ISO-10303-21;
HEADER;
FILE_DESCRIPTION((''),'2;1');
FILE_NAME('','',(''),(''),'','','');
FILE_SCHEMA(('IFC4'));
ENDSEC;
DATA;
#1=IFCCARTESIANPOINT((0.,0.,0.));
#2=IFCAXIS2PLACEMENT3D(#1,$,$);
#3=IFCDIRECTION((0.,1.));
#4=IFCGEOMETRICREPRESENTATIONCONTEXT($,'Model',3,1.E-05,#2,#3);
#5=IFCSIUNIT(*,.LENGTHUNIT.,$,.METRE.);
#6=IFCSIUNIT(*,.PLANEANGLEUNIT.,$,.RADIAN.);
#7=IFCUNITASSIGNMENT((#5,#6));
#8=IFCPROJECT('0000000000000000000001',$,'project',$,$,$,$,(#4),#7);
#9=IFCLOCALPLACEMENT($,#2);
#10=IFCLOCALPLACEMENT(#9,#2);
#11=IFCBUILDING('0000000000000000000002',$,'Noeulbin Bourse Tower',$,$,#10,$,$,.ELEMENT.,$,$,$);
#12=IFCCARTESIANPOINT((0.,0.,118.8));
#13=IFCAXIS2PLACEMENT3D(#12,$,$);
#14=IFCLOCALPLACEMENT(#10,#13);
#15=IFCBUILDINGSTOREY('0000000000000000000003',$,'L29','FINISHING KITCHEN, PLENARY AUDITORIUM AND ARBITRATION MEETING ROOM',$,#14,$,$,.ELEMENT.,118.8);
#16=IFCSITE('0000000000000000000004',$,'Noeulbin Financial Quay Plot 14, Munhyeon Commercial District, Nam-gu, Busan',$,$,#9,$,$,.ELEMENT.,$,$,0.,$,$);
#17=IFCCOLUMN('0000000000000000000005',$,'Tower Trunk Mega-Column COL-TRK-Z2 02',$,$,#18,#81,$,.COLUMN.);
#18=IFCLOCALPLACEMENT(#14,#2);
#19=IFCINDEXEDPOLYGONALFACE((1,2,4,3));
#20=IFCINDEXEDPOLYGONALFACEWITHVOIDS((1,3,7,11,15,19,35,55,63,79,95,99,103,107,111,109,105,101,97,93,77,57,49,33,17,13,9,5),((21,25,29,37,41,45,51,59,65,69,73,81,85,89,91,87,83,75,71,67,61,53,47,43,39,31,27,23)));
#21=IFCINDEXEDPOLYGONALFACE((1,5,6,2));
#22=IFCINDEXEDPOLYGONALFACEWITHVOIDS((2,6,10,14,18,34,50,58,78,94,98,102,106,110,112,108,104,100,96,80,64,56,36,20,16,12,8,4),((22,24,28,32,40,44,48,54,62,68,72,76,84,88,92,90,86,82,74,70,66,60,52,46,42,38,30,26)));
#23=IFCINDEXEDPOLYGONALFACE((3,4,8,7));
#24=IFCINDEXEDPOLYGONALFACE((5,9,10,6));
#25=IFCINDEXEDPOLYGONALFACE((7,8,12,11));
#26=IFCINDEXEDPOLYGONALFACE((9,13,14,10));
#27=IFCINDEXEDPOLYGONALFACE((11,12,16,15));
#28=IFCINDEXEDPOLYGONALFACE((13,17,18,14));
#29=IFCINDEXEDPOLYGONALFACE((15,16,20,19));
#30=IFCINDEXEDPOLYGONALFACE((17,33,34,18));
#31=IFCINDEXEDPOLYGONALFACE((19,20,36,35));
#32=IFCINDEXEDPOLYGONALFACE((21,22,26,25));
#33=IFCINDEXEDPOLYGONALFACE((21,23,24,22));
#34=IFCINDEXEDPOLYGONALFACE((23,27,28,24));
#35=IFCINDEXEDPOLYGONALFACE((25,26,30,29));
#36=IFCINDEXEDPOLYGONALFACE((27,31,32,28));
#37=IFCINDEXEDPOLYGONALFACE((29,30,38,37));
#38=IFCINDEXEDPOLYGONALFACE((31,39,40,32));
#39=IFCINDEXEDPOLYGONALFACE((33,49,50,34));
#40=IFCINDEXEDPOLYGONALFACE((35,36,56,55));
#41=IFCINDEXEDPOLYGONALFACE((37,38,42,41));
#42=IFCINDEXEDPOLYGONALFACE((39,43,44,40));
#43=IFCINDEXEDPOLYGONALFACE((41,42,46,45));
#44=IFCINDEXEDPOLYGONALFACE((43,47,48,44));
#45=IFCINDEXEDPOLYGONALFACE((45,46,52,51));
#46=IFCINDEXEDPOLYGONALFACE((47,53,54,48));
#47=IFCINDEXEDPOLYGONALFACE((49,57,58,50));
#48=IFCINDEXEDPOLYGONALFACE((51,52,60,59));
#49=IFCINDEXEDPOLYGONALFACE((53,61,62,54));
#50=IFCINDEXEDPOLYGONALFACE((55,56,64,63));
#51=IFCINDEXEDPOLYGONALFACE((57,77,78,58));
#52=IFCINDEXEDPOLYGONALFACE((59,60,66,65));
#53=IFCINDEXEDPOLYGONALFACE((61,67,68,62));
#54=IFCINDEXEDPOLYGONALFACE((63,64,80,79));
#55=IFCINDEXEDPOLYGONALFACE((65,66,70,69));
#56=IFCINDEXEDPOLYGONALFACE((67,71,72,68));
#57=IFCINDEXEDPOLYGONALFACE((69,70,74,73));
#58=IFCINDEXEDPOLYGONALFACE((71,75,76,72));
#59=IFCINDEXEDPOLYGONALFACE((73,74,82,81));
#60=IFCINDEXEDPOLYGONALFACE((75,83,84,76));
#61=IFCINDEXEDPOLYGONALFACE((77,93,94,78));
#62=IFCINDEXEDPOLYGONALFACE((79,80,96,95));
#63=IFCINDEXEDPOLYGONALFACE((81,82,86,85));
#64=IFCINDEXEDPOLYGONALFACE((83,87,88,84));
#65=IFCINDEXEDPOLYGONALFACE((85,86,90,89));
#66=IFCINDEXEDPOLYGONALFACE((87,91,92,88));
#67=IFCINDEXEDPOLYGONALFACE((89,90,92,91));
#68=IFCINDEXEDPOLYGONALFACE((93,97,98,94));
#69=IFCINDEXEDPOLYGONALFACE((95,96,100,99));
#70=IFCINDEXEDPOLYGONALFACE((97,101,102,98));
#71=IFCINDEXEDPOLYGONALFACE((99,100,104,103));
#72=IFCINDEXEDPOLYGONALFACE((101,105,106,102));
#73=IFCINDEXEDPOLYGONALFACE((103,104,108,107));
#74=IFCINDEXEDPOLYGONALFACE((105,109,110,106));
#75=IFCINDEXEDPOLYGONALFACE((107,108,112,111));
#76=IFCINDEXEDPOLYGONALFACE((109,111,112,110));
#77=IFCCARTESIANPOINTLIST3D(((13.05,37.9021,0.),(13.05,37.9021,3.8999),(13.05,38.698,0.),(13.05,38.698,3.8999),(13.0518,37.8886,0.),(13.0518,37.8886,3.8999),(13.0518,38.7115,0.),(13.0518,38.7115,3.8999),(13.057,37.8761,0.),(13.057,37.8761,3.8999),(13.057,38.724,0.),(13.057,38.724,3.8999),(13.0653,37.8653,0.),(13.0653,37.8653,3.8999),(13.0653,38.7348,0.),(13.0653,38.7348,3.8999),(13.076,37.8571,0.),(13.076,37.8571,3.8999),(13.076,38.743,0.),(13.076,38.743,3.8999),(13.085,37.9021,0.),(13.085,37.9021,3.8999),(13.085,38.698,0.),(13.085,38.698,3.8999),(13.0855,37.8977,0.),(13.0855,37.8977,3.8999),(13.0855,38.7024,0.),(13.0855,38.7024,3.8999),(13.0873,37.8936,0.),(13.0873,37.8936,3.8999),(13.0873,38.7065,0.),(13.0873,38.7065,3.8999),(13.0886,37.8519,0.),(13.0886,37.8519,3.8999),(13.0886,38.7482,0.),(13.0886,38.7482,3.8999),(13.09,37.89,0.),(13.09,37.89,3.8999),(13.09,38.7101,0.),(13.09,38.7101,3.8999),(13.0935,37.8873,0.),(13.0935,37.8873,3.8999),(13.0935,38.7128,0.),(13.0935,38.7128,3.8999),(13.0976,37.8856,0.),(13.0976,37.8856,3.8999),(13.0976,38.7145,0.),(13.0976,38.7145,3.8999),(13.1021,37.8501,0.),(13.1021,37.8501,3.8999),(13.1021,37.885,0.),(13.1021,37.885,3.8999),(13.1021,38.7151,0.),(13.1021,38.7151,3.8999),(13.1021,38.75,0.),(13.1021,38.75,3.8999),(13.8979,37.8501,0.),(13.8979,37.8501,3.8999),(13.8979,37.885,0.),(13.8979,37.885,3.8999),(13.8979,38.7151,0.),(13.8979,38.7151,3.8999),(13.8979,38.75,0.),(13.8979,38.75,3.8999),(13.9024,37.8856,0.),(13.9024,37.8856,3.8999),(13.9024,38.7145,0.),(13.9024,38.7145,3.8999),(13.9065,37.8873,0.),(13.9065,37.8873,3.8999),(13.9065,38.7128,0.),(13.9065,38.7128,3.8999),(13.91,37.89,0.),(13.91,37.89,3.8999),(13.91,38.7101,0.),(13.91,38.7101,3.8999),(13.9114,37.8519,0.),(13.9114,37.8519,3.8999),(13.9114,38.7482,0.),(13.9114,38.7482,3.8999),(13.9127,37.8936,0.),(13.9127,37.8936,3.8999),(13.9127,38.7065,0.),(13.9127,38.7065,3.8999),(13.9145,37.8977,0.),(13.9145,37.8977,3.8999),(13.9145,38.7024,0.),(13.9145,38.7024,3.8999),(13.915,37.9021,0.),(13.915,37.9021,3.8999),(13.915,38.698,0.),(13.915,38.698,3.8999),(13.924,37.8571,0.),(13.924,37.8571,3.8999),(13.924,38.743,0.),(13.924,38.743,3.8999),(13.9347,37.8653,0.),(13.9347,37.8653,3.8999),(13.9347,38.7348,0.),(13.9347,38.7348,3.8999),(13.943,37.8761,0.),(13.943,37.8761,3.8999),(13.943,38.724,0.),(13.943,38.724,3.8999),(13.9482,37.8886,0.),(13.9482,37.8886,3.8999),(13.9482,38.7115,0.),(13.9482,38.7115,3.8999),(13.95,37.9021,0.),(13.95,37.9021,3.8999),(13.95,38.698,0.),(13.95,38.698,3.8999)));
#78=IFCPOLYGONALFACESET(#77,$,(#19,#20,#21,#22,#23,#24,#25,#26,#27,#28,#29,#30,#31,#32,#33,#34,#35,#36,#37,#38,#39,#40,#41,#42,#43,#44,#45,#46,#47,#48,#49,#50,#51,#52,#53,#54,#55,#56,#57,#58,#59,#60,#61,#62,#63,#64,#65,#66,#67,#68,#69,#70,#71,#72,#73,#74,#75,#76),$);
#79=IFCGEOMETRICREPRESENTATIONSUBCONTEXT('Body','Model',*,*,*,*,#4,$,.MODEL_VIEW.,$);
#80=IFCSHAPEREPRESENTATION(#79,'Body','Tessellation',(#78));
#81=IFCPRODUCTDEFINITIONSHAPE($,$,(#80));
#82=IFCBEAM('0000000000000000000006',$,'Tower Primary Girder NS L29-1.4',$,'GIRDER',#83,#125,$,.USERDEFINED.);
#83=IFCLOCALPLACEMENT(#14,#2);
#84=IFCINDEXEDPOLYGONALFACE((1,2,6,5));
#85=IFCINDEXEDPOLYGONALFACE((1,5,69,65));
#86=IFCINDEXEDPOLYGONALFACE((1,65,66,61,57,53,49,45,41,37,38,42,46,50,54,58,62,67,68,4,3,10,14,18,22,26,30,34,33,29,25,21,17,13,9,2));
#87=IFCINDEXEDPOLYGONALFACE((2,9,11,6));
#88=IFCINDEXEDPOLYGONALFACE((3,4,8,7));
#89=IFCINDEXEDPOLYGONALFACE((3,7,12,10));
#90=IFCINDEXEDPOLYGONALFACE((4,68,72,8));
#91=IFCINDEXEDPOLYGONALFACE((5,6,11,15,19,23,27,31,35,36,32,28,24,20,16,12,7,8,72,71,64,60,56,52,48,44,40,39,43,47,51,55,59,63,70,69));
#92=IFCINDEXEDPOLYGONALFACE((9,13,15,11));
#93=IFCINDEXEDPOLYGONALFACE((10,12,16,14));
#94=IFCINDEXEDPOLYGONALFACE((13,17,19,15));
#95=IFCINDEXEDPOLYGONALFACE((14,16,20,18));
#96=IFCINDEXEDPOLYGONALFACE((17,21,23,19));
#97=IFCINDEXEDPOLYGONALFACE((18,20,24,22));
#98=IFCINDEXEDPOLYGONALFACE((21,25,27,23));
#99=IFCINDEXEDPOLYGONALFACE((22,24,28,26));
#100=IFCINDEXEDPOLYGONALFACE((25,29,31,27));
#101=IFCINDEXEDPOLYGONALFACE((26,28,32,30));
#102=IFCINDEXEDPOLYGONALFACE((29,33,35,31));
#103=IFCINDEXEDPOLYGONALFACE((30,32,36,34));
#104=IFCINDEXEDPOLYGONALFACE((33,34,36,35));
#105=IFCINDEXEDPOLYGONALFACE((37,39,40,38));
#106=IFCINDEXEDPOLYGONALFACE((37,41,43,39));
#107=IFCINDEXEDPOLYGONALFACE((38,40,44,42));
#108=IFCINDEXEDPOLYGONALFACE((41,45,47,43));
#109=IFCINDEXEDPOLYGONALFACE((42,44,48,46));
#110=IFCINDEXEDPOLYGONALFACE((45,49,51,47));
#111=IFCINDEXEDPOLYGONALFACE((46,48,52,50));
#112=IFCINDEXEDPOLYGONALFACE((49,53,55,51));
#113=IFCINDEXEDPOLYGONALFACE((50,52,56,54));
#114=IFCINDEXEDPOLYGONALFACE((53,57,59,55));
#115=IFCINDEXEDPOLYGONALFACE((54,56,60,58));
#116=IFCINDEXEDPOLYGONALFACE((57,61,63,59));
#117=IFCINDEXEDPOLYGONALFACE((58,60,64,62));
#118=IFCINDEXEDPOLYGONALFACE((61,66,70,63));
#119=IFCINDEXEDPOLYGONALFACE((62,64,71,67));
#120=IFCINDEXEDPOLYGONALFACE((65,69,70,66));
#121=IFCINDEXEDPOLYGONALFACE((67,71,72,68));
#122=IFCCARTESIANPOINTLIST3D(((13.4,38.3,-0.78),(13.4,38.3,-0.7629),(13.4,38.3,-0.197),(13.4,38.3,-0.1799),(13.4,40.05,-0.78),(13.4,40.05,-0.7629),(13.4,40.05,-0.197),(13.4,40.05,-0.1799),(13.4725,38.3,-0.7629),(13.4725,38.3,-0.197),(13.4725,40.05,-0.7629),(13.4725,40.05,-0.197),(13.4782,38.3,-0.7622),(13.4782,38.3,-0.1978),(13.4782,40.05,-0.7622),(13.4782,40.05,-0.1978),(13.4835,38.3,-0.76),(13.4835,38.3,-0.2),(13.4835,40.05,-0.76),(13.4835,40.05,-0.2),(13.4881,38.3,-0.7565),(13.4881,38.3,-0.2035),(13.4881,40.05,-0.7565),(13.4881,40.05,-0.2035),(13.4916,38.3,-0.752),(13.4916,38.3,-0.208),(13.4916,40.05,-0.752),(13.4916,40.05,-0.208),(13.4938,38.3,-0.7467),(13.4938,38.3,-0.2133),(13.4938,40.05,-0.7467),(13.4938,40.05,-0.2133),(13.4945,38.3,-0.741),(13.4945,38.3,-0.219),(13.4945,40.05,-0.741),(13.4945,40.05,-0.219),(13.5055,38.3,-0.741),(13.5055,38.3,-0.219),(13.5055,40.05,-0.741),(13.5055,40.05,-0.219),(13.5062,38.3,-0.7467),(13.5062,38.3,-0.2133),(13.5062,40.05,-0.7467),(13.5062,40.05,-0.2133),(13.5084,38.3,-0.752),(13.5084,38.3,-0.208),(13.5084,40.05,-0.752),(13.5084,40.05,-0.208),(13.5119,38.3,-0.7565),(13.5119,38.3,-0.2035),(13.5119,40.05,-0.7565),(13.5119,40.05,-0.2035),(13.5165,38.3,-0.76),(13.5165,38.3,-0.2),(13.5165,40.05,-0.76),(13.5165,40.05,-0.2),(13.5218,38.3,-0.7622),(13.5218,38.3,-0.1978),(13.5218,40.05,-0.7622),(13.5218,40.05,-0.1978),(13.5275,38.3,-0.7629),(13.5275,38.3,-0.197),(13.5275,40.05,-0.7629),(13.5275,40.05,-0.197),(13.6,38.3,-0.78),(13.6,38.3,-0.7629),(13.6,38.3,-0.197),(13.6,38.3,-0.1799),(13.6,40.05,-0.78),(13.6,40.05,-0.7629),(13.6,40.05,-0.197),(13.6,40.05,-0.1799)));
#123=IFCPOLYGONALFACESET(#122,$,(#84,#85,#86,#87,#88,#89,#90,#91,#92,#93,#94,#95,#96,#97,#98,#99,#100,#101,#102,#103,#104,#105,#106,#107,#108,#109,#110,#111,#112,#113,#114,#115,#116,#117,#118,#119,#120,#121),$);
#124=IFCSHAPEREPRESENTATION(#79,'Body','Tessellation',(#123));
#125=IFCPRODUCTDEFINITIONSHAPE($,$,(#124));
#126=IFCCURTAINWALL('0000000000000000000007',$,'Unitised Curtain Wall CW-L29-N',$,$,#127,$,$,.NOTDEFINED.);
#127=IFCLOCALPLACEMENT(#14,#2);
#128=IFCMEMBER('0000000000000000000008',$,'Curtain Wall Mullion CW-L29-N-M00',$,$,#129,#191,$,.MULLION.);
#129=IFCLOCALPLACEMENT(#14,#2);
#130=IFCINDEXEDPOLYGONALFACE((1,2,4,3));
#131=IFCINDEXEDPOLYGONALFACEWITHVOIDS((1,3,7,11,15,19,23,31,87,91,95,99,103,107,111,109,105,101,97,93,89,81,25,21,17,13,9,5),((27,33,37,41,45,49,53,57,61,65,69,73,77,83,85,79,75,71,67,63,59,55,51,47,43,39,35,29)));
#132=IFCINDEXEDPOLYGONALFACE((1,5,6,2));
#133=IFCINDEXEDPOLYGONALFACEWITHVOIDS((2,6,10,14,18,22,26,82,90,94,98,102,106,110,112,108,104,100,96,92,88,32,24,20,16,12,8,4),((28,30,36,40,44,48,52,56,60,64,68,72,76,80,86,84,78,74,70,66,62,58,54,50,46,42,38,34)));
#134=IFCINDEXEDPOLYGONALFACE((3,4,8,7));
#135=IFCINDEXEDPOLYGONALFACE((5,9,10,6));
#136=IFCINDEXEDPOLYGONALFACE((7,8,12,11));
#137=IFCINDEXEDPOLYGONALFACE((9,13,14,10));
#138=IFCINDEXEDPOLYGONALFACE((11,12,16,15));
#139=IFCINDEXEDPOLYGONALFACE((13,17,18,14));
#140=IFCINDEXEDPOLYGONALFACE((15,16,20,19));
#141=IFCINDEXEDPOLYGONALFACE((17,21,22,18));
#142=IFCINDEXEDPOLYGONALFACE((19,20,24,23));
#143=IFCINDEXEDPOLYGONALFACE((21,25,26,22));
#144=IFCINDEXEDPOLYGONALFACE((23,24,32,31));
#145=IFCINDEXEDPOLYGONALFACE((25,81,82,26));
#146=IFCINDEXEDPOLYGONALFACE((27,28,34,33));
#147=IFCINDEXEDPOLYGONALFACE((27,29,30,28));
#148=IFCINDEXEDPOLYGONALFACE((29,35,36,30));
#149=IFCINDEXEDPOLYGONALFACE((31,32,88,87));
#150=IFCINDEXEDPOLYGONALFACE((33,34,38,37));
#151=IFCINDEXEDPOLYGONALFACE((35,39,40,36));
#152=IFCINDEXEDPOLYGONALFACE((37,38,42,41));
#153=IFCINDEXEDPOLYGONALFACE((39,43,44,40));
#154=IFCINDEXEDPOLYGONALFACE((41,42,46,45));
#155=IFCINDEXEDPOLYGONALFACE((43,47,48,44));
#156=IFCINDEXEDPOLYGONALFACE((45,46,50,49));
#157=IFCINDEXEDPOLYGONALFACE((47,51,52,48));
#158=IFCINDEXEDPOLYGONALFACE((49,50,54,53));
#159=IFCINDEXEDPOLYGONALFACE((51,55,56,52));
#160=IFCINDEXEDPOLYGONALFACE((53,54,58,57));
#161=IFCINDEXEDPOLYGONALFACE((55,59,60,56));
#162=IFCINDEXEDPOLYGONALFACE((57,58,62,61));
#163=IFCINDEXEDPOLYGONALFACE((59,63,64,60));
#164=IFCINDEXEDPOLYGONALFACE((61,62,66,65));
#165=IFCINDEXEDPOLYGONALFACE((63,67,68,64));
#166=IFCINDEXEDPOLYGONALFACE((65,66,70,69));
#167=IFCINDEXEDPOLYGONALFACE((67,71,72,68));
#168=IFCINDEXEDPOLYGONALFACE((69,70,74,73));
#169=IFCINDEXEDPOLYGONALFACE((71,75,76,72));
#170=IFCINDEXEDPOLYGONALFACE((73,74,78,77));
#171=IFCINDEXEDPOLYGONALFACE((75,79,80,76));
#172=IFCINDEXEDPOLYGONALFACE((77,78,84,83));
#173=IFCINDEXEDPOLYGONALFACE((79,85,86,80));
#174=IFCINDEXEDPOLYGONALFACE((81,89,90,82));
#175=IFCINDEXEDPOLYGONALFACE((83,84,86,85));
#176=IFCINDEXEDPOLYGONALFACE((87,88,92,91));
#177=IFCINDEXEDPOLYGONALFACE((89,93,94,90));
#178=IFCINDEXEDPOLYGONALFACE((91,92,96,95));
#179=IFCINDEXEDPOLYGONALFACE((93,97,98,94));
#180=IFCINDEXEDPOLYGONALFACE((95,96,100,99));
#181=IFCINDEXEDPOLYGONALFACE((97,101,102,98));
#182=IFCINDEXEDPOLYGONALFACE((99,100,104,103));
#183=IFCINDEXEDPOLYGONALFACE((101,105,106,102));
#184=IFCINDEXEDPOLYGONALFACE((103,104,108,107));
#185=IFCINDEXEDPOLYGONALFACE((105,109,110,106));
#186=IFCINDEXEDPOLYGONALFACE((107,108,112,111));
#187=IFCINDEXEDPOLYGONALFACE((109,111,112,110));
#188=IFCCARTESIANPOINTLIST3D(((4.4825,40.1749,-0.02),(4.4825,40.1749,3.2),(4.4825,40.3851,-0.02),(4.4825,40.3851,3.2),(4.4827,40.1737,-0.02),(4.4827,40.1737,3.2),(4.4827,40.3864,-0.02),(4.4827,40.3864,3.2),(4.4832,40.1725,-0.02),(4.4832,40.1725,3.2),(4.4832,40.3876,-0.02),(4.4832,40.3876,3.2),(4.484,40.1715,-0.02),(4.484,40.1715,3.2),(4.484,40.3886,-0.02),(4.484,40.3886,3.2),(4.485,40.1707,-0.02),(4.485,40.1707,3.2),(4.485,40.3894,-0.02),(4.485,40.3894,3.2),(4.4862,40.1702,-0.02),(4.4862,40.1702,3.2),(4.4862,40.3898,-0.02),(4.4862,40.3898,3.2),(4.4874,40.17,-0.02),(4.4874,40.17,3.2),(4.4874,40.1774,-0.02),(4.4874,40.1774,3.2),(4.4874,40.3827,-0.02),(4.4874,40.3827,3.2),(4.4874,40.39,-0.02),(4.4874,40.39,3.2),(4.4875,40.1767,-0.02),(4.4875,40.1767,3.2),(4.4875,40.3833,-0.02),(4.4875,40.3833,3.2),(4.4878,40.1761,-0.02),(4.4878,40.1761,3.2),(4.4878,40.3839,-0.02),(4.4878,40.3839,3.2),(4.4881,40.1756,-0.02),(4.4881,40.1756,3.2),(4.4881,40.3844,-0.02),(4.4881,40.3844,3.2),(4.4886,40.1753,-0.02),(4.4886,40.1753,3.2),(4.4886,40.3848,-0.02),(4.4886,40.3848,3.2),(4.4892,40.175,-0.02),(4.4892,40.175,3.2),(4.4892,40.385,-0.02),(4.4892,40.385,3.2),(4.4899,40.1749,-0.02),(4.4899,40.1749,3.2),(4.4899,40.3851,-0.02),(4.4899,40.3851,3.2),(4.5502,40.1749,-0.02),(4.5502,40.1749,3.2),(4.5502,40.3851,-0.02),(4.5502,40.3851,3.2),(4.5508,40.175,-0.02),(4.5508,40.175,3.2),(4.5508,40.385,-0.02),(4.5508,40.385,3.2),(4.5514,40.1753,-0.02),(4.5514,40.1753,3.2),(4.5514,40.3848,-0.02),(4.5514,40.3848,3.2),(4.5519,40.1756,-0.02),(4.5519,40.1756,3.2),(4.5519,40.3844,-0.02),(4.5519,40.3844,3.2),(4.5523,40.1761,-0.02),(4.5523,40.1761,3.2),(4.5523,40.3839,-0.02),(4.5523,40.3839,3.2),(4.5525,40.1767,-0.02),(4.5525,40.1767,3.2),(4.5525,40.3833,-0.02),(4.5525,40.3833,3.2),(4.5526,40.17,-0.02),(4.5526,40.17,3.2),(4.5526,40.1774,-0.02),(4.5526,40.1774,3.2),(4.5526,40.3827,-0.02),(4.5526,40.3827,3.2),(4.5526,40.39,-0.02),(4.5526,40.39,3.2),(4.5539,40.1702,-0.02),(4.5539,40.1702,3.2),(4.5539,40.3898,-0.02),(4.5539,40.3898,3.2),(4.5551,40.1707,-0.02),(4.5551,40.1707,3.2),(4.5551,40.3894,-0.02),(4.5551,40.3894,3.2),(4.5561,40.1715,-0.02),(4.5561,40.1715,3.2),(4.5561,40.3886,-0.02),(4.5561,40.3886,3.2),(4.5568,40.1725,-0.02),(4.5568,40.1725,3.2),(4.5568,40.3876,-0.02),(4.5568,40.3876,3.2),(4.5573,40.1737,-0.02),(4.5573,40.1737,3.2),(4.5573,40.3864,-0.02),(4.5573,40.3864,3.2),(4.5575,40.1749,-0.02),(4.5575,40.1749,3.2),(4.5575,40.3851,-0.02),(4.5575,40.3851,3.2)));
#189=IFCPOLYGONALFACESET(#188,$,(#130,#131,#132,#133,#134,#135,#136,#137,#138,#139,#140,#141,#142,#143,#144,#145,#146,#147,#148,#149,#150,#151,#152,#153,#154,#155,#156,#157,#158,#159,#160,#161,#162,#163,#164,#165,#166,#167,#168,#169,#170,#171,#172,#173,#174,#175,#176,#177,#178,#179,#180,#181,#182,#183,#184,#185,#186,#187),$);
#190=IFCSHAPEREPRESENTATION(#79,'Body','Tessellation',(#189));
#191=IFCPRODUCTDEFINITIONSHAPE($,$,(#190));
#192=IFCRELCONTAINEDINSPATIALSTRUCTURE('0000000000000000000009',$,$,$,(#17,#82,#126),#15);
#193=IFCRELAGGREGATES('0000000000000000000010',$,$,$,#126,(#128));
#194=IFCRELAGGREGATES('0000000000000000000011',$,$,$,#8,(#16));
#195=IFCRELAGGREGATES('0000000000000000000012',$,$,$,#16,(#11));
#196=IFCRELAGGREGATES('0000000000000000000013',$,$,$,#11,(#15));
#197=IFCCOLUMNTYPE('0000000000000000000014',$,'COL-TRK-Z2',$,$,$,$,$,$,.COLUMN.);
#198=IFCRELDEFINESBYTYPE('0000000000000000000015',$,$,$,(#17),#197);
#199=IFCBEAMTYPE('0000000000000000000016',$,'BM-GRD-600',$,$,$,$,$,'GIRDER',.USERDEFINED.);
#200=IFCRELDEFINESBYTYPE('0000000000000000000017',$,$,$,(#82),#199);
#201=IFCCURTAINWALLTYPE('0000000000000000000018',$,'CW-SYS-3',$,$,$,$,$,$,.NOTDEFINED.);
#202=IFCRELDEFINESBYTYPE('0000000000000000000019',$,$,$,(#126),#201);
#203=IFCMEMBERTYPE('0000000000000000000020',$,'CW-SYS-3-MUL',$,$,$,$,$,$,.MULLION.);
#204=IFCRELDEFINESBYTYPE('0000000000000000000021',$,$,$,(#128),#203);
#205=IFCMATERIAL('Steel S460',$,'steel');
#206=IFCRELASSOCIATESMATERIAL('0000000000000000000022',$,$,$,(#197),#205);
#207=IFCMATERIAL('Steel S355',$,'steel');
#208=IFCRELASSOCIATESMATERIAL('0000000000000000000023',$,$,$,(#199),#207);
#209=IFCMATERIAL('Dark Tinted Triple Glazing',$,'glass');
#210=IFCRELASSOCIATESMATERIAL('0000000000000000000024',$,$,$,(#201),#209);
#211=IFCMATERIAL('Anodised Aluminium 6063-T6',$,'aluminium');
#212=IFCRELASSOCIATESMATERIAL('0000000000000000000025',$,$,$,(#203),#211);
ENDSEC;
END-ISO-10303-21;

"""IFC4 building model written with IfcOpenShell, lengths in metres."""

from ifc_helpers import new_model, si_unit, direction, frame, origin, origin_2d, place, context, subcontext, project, spatial, hollow_rectangle, i_section, extrude, material, material_profile, profile_set, type_object, element, aggregate, save


model = new_model("IFC4")

# Units and contexts
model_context = context("Model", 3, precision=1e-05, world=origin(), true_north=direction((0.0, 1.0)))
body_context = subcontext(model_context, "Body", "Model", "MODEL_VIEW")
ifc_project = project(units=[si_unit("LENGTHUNIT", "METRE"), si_unit("PLANEANGLEUNIT", "RADIAN")], contexts=[model_context])

# Site, building, storey
site_placement = place(None, origin())
site = spatial("IfcSite", under=ifc_project, at=site_placement, Name="Noeulbin Financial Quay Plot 14, Munhyeon Commercial District, Nam-gu, Busan", CompositionType="ELEMENT", RefElevation=0.0)
building_placement = place(site_placement, origin())
building = spatial("IfcBuilding", under=site, at=building_placement, Name="Noeulbin Bourse Tower", CompositionType="ELEMENT")
storey_placement = place(building_placement, frame((0.0, 0.0, 118.8)))
storey = spatial("IfcBuildingStorey", under=building, at=storey_placement, Name="L29", Description="FINISHING KITCHEN, PLENARY AUDITORIUM AND ARBITRATION MEETING ROOM", CompositionType="ELEMENT", Elevation=118.8)

# Column
ifc_material_1 = material(Name="Steel S460", Category="steel")
ifc_material_profile_1 = material_profile(ifc_material_1, hollow_rectangle(XDim=0.8999, YDim=0.8999, WallThickness=0.0349, InnerFilletRadius=0.0171, OuterFilletRadius=0.052, at=origin_2d()), Name="BOX-900x900x35", Category="LoadBearing")
ifc_profile_set_1 = profile_set([ifc_material_profile_1], Name="Steel S460")
column_type = type_object("IfcColumnType", Name="COL-TRK-Z2", PredefinedType="COLUMN", material=ifc_profile_set_1)
column_placement = place(storey_placement, frame((13.5, 38.3, 0.0), z_axis=(0.0, 0.0, 1.0), x_axis=(1.0, 0.0, 0.0)))
element("IfcColumn", 1, at=column_placement, inside=storey, type_object=column_type, Name="Tower Trunk Mega-Column COL-TRK-Z2 02", PredefinedType="COLUMN", context=body_context, shape_type="SweptSolid", body=[
    extrude(hollow_rectangle(XDim=0.8999, YDim=0.8999, WallThickness=0.0349, InnerFilletRadius=0.0171, OuterFilletRadius=0.052, at=origin_2d()), origin(), (0.0, 0.0, 1.0), 3.8999),
])

# Beam
ifc_material_2 = material(Name="Steel S355", Category="steel")
ifc_material_profile_2 = material_profile(ifc_material_2, i_section(OverallWidth=0.2, OverallDepth=0.6001, WebThickness=0.011, FlangeThickness=0.0171, FilletRadius=0.022, at=origin_2d()), Name="H-600x200x11x17", Category="LoadBearing")
ifc_profile_set_2 = profile_set([ifc_material_profile_2], Name="Steel S355")
beam_type = type_object("IfcBeamType", Name="BM-GRD-600", ElementType="GIRDER", PredefinedType="USERDEFINED", material=ifc_profile_set_2)
beam_placement = place(storey_placement, frame((13.5, 38.3, -0.48), z_axis=(0.0, 1.0, 0.0), x_axis=(-1.0, 0.0, 0.0)))
element("IfcBeam", 2, at=beam_placement, inside=storey, type_object=beam_type, Name="Tower Primary Girder NS L29-1.4", ObjectType="GIRDER", PredefinedType="USERDEFINED", context=body_context, shape_type="SweptSolid", body=[
    extrude(i_section(OverallWidth=0.2, OverallDepth=0.6001, WebThickness=0.011, FlangeThickness=0.0171, FilletRadius=0.022, at=origin_2d()), origin(), (0.0, 0.0, 1.0), 1.75),
])

# Curtain wall, member
ifc_material_3 = material(Name="Dark Tinted Triple Glazing", Category="glass")
curtain_wall_type = type_object("IfcCurtainWallType", Name="CW-SYS-3", PredefinedType="NOTDEFINED", material=ifc_material_3)
curtain_wall_1_placement = place(storey_placement, origin())
curtain_wall_1 = element("IfcCurtainWall", 3, at=curtain_wall_1_placement, inside=storey, type_object=curtain_wall_type, Name="Unitised Curtain Wall CW-L29-N", PredefinedType="NOTDEFINED")
ifc_material_4 = material(Name="Anodised Aluminium 6063-T6", Category="aluminium")
ifc_material_profile_3 = material_profile(ifc_material_4, hollow_rectangle(XDim=0.075, YDim=0.22, WallThickness=0.0049, InnerFilletRadius=0.0024, OuterFilletRadius=0.0049, at=origin_2d()), Name="ALU-MULL-75x220x5", Category="LoadBearing")
ifc_profile_set_3 = profile_set([ifc_material_profile_3], Name="Anodised Aluminium 6063-T6")
member_type_1 = type_object("IfcMemberType", Name="CW-SYS-3-MUL", PredefinedType="MULLION", material=ifc_profile_set_3)
member_1_placement = place(storey_placement, frame((4.52, 40.28, -0.02), z_axis=(0.0, 0.0, 1.0), x_axis=(1.0, 0.0, 0.0)))
member_1 = element("IfcMember", 4, at=member_1_placement, type_object=member_type_1, Name="Curtain Wall Mullion CW-L29-N-M00", PredefinedType="MULLION", context=body_context, shape_type="SweptSolid", body=[
    extrude(hollow_rectangle(XDim=0.075, YDim=0.22, WallThickness=0.0049, InnerFilletRadius=0.0024, OuterFilletRadius=0.0049, at=origin_2d()), origin(), (0.0, 0.0, 1.0), 3.22),
])

aggregate(curtain_wall_1, [member_1])

save(model, "model.ifc")
